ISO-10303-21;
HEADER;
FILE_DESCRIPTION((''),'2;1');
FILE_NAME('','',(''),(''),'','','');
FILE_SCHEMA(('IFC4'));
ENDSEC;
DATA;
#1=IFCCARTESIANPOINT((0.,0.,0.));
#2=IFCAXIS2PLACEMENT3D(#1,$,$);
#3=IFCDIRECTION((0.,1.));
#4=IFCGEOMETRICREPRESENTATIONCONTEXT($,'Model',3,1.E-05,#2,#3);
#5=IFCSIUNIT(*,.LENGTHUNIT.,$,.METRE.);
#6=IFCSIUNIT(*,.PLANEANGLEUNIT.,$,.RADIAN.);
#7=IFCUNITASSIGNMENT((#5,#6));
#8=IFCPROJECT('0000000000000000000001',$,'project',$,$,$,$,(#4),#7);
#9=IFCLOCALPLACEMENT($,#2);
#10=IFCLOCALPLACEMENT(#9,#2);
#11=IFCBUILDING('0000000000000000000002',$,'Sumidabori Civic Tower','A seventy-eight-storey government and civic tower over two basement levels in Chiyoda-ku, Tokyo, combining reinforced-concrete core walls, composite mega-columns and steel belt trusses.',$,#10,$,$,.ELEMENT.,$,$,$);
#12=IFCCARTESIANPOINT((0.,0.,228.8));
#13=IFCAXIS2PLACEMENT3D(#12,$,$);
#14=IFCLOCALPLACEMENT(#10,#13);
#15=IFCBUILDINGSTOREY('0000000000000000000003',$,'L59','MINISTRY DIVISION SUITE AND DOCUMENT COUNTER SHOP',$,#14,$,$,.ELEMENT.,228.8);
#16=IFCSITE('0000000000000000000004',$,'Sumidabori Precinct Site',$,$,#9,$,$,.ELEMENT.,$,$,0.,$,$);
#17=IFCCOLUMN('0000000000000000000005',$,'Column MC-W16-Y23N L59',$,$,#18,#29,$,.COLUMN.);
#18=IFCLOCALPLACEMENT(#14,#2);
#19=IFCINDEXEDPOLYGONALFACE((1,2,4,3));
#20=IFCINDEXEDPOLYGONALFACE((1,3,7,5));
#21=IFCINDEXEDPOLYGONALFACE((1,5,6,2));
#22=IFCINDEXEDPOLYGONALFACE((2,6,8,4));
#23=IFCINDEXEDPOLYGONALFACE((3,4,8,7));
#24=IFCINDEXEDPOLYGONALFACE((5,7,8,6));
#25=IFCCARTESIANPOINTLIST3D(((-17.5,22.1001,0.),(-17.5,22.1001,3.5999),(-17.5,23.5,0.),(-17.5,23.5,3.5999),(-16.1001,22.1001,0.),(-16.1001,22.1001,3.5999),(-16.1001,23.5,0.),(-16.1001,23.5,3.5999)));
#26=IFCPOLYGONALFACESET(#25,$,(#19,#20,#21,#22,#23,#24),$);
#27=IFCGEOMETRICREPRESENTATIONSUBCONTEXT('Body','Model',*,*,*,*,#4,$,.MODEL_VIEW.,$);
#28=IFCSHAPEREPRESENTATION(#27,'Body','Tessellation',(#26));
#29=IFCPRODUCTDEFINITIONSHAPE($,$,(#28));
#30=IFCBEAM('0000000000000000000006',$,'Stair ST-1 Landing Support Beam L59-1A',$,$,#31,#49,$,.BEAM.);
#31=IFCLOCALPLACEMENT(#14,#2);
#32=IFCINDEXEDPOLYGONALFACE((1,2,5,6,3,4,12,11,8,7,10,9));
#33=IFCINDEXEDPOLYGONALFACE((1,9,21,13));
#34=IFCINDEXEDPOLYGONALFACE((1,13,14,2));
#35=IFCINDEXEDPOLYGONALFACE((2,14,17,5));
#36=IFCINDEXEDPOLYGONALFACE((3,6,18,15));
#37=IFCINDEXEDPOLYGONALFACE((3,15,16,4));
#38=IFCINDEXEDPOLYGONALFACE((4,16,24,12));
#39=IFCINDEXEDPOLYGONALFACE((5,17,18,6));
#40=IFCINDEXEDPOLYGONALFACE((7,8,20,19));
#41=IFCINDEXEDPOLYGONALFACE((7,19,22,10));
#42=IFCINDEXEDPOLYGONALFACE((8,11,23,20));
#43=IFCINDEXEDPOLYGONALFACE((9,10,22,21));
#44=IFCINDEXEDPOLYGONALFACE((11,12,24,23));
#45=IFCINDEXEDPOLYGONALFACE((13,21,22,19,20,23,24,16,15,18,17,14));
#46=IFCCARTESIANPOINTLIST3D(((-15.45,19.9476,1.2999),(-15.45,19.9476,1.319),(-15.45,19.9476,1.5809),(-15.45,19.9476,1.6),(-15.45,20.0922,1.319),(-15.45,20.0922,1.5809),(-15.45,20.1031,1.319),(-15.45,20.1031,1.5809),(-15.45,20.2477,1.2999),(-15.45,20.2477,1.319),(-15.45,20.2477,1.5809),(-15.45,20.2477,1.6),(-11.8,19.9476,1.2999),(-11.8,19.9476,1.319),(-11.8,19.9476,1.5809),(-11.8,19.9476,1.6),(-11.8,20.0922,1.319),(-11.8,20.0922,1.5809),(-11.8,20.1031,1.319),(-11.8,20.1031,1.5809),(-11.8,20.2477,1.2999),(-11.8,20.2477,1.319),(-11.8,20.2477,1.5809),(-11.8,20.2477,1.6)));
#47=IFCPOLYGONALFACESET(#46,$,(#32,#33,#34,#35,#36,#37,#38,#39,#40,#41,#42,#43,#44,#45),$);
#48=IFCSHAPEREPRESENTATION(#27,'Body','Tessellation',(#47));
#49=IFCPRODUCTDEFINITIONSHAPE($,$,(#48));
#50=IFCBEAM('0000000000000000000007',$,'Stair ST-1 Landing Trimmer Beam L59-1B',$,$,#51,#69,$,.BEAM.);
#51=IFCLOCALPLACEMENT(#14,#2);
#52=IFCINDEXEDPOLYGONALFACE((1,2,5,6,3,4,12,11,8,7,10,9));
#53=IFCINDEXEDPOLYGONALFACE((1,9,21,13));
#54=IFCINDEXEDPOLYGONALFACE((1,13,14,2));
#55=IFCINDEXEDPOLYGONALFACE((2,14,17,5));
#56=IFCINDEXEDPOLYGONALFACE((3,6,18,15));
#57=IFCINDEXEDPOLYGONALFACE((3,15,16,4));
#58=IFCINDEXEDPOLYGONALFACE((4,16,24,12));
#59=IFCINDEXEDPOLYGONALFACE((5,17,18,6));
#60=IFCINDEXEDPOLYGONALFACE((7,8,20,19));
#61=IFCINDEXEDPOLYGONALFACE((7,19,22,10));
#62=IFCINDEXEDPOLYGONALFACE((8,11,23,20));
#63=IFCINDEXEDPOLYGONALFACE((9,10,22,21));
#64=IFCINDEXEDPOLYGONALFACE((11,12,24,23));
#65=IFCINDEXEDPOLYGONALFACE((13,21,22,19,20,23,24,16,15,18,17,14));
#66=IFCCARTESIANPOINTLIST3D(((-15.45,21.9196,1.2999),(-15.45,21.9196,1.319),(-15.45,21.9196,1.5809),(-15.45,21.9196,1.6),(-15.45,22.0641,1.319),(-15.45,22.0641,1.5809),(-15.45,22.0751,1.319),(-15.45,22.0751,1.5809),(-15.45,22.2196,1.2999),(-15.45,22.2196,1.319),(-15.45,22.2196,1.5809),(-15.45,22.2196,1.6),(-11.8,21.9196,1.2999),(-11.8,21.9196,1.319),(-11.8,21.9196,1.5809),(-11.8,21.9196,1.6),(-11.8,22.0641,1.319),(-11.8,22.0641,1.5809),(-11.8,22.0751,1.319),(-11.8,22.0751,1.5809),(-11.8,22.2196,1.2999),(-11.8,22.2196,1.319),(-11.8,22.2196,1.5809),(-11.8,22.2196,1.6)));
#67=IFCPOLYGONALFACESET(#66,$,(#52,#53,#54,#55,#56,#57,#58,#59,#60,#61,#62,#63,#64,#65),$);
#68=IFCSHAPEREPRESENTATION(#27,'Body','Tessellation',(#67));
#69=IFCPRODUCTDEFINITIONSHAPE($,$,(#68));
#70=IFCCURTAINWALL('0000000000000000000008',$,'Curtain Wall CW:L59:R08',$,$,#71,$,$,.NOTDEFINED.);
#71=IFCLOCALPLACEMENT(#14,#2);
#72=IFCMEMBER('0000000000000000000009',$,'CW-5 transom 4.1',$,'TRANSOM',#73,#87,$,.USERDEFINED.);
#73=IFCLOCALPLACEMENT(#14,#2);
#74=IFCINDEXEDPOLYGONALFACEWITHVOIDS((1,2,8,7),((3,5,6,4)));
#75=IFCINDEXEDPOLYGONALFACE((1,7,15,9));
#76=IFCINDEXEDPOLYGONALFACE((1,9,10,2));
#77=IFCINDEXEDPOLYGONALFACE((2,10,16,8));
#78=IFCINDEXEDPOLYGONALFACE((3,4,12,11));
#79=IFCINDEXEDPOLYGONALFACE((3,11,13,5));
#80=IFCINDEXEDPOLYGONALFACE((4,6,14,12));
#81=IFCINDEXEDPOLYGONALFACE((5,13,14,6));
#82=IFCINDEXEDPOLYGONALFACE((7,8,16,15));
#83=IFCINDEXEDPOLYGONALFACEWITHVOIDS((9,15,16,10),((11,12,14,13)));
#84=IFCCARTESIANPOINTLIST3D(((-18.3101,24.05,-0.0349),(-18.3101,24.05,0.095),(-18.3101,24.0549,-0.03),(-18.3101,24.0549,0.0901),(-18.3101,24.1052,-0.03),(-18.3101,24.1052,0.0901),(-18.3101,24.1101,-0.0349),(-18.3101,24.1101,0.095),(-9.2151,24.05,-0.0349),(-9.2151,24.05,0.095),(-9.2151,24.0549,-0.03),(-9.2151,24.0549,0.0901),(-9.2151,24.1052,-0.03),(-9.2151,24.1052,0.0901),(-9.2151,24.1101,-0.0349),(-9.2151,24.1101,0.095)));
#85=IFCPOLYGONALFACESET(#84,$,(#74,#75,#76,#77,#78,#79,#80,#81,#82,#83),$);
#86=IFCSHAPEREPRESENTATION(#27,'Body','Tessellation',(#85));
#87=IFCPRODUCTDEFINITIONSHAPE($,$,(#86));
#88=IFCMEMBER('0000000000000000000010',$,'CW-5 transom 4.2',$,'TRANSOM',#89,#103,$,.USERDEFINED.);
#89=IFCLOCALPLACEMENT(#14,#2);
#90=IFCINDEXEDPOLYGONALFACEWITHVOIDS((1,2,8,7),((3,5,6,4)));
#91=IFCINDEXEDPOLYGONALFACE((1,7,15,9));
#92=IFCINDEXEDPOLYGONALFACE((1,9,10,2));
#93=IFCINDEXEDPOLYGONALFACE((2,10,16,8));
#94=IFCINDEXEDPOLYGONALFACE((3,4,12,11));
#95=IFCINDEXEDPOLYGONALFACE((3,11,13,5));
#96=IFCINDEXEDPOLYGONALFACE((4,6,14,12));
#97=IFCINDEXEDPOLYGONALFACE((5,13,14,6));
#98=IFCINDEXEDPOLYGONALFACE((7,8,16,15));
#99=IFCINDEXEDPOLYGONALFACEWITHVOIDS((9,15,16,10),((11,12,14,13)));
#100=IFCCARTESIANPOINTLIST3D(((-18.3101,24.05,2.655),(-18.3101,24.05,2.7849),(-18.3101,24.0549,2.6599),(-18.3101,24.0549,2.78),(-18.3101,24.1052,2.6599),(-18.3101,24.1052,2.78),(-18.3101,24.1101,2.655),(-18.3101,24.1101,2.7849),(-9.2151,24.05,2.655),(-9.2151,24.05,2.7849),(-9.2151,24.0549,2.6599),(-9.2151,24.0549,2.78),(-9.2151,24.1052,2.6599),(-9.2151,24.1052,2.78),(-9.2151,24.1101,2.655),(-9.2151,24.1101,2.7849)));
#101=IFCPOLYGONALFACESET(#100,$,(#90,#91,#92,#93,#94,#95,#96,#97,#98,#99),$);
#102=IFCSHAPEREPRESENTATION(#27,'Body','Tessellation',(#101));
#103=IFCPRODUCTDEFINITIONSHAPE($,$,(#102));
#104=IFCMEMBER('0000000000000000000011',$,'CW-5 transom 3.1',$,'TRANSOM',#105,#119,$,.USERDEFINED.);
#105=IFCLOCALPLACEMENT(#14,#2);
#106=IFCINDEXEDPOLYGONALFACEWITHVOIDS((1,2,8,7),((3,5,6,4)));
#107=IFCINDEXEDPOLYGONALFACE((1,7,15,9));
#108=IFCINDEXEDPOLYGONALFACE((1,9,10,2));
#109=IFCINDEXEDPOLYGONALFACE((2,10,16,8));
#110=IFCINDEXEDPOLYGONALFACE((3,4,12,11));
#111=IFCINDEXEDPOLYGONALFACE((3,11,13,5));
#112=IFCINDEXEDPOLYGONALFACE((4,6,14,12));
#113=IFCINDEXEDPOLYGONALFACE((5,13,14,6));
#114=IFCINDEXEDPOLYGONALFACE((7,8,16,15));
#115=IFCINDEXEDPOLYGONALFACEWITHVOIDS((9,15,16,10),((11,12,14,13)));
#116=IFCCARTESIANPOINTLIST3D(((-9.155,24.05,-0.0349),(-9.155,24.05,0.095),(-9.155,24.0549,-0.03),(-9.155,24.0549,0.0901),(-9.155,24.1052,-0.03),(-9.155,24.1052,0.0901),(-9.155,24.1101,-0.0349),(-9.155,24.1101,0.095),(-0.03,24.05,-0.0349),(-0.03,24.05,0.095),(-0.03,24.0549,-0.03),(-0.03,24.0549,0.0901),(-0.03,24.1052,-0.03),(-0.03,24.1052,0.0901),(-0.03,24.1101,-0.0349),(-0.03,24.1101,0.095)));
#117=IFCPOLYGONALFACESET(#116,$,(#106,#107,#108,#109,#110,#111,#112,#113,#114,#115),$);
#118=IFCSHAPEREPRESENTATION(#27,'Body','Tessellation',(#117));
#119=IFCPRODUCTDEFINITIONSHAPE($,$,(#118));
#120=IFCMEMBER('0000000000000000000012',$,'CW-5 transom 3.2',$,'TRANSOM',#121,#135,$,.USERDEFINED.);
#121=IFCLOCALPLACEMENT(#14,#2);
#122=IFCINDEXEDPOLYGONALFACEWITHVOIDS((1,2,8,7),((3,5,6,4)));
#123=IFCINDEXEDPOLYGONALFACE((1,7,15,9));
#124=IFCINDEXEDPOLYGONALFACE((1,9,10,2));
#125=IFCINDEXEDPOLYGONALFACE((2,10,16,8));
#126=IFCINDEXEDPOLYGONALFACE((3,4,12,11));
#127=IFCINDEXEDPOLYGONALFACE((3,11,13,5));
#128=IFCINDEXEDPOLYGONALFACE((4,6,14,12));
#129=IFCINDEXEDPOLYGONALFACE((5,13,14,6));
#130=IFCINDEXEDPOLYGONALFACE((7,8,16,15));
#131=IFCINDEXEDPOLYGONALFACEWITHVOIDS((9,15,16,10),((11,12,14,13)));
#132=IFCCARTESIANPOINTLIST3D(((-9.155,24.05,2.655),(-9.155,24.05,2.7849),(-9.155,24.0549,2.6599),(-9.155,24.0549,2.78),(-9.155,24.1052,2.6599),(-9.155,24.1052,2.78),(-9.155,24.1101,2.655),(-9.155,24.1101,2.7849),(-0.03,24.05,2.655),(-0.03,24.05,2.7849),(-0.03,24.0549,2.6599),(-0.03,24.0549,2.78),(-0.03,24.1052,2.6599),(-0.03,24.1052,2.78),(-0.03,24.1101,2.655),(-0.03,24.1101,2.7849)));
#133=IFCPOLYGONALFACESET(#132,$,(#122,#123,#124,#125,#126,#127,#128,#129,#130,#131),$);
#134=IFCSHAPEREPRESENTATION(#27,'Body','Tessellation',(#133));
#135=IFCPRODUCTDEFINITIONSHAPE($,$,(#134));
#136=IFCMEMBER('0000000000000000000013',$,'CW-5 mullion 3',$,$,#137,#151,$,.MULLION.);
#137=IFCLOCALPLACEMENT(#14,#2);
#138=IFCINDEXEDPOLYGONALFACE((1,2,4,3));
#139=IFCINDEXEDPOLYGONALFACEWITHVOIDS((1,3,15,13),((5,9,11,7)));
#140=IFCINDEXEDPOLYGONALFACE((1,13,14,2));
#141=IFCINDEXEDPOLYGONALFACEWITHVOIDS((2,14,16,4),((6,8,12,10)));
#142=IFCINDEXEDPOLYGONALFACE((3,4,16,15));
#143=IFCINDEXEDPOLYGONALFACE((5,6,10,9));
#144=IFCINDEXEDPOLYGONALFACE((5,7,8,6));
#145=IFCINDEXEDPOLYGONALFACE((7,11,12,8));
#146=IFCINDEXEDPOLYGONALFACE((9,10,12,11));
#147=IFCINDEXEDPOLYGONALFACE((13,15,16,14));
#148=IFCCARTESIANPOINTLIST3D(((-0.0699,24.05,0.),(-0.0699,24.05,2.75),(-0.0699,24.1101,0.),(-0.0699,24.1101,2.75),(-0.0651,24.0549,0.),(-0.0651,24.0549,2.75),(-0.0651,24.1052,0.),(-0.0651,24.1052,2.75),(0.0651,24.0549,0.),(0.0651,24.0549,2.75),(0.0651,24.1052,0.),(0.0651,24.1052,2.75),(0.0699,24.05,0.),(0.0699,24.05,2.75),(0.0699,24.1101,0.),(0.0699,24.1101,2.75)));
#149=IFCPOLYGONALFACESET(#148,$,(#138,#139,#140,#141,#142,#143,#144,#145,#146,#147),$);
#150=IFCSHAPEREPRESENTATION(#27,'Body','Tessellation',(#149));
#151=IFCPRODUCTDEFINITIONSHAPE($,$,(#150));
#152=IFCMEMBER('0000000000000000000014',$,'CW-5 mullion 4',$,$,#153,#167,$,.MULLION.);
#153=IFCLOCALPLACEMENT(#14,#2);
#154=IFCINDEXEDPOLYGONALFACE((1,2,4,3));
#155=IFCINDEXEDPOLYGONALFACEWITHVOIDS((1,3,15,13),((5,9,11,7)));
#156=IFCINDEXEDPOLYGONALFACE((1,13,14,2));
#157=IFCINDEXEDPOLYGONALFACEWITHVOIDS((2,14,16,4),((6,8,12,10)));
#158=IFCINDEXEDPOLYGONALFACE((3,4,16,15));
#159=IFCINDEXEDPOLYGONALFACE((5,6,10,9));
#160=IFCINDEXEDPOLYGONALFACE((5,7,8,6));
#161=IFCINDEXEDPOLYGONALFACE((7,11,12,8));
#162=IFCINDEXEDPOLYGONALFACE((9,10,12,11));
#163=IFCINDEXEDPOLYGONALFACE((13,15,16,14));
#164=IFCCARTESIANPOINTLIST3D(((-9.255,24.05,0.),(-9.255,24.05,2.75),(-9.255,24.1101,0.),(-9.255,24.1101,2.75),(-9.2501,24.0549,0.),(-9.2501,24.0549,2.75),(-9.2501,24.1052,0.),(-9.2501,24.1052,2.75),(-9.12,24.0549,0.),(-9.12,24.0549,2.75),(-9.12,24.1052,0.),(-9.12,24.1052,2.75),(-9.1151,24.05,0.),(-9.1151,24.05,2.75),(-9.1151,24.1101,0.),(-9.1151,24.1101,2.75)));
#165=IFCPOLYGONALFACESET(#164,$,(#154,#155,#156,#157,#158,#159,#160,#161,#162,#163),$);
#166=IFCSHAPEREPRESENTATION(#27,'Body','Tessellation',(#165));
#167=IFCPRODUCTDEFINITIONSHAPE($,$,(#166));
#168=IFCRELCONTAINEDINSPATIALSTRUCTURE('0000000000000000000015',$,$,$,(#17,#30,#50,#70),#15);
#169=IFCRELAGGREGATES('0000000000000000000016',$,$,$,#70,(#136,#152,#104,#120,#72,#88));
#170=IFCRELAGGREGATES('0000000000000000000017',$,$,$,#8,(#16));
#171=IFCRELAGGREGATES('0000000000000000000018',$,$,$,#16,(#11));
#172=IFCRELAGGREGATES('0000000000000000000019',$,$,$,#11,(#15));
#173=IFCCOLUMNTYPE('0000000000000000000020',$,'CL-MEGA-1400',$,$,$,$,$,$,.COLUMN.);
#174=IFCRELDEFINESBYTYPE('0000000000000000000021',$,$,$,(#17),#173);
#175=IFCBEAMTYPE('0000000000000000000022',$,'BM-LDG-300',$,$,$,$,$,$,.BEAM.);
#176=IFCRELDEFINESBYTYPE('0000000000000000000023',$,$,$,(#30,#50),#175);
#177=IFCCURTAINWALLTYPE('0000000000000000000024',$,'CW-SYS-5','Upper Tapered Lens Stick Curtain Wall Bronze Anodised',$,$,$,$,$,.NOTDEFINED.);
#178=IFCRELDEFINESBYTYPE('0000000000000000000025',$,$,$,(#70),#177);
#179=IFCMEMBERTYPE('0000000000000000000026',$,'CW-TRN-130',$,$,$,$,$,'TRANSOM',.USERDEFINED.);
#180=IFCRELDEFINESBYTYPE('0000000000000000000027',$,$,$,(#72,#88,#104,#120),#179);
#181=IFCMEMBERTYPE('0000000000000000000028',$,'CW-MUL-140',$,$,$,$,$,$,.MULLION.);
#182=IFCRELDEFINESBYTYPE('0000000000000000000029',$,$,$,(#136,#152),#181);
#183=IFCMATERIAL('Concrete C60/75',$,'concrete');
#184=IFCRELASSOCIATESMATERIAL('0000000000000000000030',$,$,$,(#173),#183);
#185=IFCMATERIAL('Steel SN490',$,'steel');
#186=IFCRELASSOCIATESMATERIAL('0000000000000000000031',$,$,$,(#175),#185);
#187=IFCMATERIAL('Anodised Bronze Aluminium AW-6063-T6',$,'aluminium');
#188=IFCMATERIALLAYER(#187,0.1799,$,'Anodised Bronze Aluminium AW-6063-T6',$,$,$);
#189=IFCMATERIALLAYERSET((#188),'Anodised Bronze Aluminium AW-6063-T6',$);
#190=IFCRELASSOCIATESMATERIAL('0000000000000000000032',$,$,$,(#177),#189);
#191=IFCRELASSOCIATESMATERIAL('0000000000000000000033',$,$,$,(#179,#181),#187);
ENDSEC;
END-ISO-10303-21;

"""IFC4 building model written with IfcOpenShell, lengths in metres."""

from ifc_helpers import new_model, si_unit, direction, frame, origin, origin_2d, place, context, subcontext, project, spatial, rectangle, hollow_rectangle, i_section, extrude, source, transform, mapped, material, layer, layer_set, material_profile, profile_set, type_object, element, aggregate, save


model = new_model("IFC4")

# Units and contexts
model_context = context("Model", 3, precision=1e-05, world=origin(), true_north=direction((0.0, 1.0)))
body_context = subcontext(model_context, "Body", "Model", "MODEL_VIEW")
ifc_project = project(units=[si_unit("LENGTHUNIT", "METRE"), si_unit("PLANEANGLEUNIT", "RADIAN")], contexts=[model_context])

# Site, building, storey
site_placement = place(None, origin())
site = spatial("IfcSite", under=ifc_project, at=site_placement, Name="Sumidabori Precinct Site", CompositionType="ELEMENT", RefElevation=0.0)
building_placement = place(site_placement, origin())
building = spatial("IfcBuilding", under=site, at=building_placement, Name="Sumidabori Civic Tower", Description="A seventy-eight-storey government and civic tower over two basement levels in Chiyoda-ku, Tokyo, combining reinforced-concrete core walls, composite mega-columns and steel belt trusses.", CompositionType="ELEMENT")
storey_placement = place(building_placement, frame((0.0, 0.0, 228.8)))
storey = spatial("IfcBuildingStorey", under=building, at=storey_placement, Name="L59", Description="MINISTRY DIVISION SUITE AND DOCUMENT COUNTER SHOP", CompositionType="ELEMENT", Elevation=228.8)

# Column
ifc_material_1 = material(Name="Concrete C60/75", Category="concrete")
ifc_material_profile_1 = material_profile(ifc_material_1, rectangle(XDim=1.3999, YDim=1.3999, at=origin_2d()), Name="RC 1400x1400")
ifc_profile_set_1 = profile_set([ifc_material_profile_1], Name="Concrete C60/75")
column_type = type_object("IfcColumnType", Name="CL-MEGA-1400", PredefinedType="COLUMN", material=ifc_profile_set_1)
shared_shape_1 = source(origin(), body_context, "Body", "SweptSolid", [
    extrude(rectangle(XDim=1.3999, YDim=1.3999, at=origin_2d()), origin(), (0.0, 0.0, 1.0), 3.5999),
])
column_placement = place(storey_placement, frame((-16.8, 22.8, 0.0), z_axis=(0.0, 0.0, 1.0), x_axis=(1.0, 0.0, 0.0)))
element("IfcColumn", 1, at=column_placement, inside=storey, type_object=column_type, Name="Column MC-W16-Y23N L59", PredefinedType="COLUMN", context=body_context, shape_type="MappedRepresentation", body=[
    mapped(shared_shape_1, transform((0.0, 0.0, 0.0), x_axis=(1.0, 0.0, 0.0), y_axis=(0.0, 1.0, 0.0), z_axis=(0.0, 0.0, 1.0), scale=1.0)),
])

# Beams
ifc_material_2 = material(Name="Steel SN490", Category="steel")
ifc_material_profile_2 = material_profile(ifc_material_2, i_section(OverallWidth=0.3, OverallDepth=0.3, WebThickness=0.011, FlangeThickness=0.019, at=origin_2d()), Name="HE 300 B")
ifc_profile_set_2 = profile_set([ifc_material_profile_2], Name="Steel SN490")
beam_type = type_object("IfcBeamType", Name="BM-LDG-300", PredefinedType="BEAM", material=ifc_profile_set_2)
shared_shape_2 = source(origin(), body_context, "Body", "SweptSolid", [
    extrude(i_section(OverallWidth=0.3, OverallDepth=0.3, WebThickness=0.011, FlangeThickness=0.019, at=origin_2d()), origin(), (0.0, 0.0, 1.0), 3.6499),
])
for number, where, z_axis, x_axis, name in (
    (2, (-15.45, 20.0977, 1.45), (1.0, 0.0, 0.0), (0.0, 1.0, 0.0), "Stair ST-1 Landing Support Beam L59-1A"),
    (3, (-15.45, 22.0696, 1.45), (1.0, 0.0, 0.0), (0.0, 1.0, 0.0), "Stair ST-1 Landing Trimmer Beam L59-1B"),
):
    element("IfcBeam", number, at=place(storey_placement, frame(where, z_axis=z_axis, x_axis=x_axis)), inside=storey, type_object=beam_type, Name=name, PredefinedType="BEAM", context=body_context, shape_type="MappedRepresentation", body=[
        mapped(shared_shape_2, transform((0.0, 0.0, 0.0), x_axis=(1.0, 0.0, 0.0), y_axis=(0.0, 1.0, 0.0), z_axis=(0.0, 0.0, 1.0), scale=1.0)),
    ])

# Curtain wall, members
ifc_material_3 = material(Name="Anodised Bronze Aluminium AW-6063-T6", Category="aluminium")
ifc_layer_1 = layer(ifc_material_3, 0.1799, Name="Anodised Bronze Aluminium AW-6063-T6")
ifc_layer_set_1 = layer_set([ifc_layer_1], Name="Anodised Bronze Aluminium AW-6063-T6")
curtain_wall_type = type_object("IfcCurtainWallType", Name="CW-SYS-5", Description="Upper Tapered Lens Stick Curtain Wall Bronze Anodised", PredefinedType="NOTDEFINED", material=ifc_layer_set_1)
curtain_wall_1_placement = place(storey_placement, origin())
curtain_wall_1 = element("IfcCurtainWall", 4, at=curtain_wall_1_placement, inside=storey, type_object=curtain_wall_type, Name="Curtain Wall CW:L59:R08", PredefinedType="NOTDEFINED")
ifc_material_profile_3 = material_profile(ifc_material_3, hollow_rectangle(XDim=0.0601, YDim=0.1299, WallThickness=0.0049, at=origin_2d()), Name="ALU TRANSOM 130x60")
ifc_profile_set_3 = profile_set([ifc_material_profile_3], Name="Anodised Bronze Aluminium AW-6063-T6")
member_type_1 = type_object("IfcMemberType", Name="CW-TRN-130", ElementType="TRANSOM", PredefinedType="USERDEFINED", material=ifc_profile_set_3)
shared_shape_3 = source(origin(), body_context, "Body", "SweptSolid", [
    extrude(hollow_rectangle(XDim=0.0601, YDim=0.1299, WallThickness=0.0049, at=origin_2d()), origin(), (0.0, 0.0, 1.0), 9.095),
])
member_1_placement = place(storey_placement, frame((-9.2151, 24.0801, 0.03), z_axis=(-1.0, 0.0, 0.0), x_axis=(0.0, -1.0, 0.0)))
member_1 = element("IfcMember", 5, at=member_1_placement, type_object=member_type_1, Name="CW-5 transom 4.1", ObjectType="TRANSOM", PredefinedType="USERDEFINED", context=body_context, shape_type="MappedRepresentation", body=[
    mapped(shared_shape_3, transform((0.0, 0.0, 0.0), x_axis=(1.0, 0.0, 0.0), y_axis=(0.0, 1.0, 0.0), z_axis=(0.0, 0.0, 1.0), scale=1.0)),
])
member_2_placement = place(storey_placement, frame((-9.2151, 24.0801, 2.72), z_axis=(-1.0, 0.0, 0.0), x_axis=(0.0, -1.0, 0.0)))
member_2 = element("IfcMember", 6, at=member_2_placement, type_object=member_type_1, Name="CW-5 transom 4.2", ObjectType="TRANSOM", PredefinedType="USERDEFINED", context=body_context, shape_type="MappedRepresentation", body=[
    mapped(shared_shape_3, transform((0.0, 0.0, 0.0), x_axis=(1.0, 0.0, 0.0), y_axis=(0.0, 1.0, 0.0), z_axis=(0.0, 0.0, 1.0), scale=1.0)),
])
shared_shape_4 = source(origin(), body_context, "Body", "SweptSolid", [
    extrude(hollow_rectangle(XDim=0.0601, YDim=0.1299, WallThickness=0.0049, at=origin_2d()), origin(), (0.0, 0.0, 1.0), 9.125),
])
member_3_placement = place(storey_placement, frame((-0.03, 24.0801, 0.03), z_axis=(-1.0, 0.0, 0.0), x_axis=(0.0, -1.0, 0.0)))
member_3 = element("IfcMember", 7, at=member_3_placement, type_object=member_type_1, Name="CW-5 transom 3.1", ObjectType="TRANSOM", PredefinedType="USERDEFINED", context=body_context, shape_type="MappedRepresentation", body=[
    mapped(shared_shape_4, transform((0.0, 0.0, 0.0), x_axis=(1.0, 0.0, 0.0), y_axis=(0.0, 1.0, 0.0), z_axis=(0.0, 0.0, 1.0), scale=1.0)),
])
member_4_placement = place(storey_placement, frame((-0.03, 24.0801, 2.72), z_axis=(-1.0, 0.0, 0.0), x_axis=(0.0, -1.0, 0.0)))
member_4 = element("IfcMember", 8, at=member_4_placement, type_object=member_type_1, Name="CW-5 transom 3.2", ObjectType="TRANSOM", PredefinedType="USERDEFINED", context=body_context, shape_type="MappedRepresentation", body=[
    mapped(shared_shape_4, transform((0.0, 0.0, 0.0), x_axis=(1.0, 0.0, 0.0), y_axis=(0.0, 1.0, 0.0), z_axis=(0.0, 0.0, 1.0), scale=1.0)),
])
ifc_material_profile_4 = material_profile(ifc_material_3, hollow_rectangle(XDim=0.0601, YDim=0.1399, WallThickness=0.0049, at=origin_2d()), Name="ALU MULLION 140x60")
ifc_profile_set_4 = profile_set([ifc_material_profile_4], Name="Anodised Bronze Aluminium AW-6063-T6")
member_type_2 = type_object("IfcMemberType", Name="CW-MUL-140", PredefinedType="MULLION", material=ifc_profile_set_4)
shared_shape_5 = source(origin(), body_context, "Body", "SweptSolid", [
    extrude(hollow_rectangle(XDim=0.0601, YDim=0.1399, WallThickness=0.0049, at=origin_2d()), origin(), (0.0, 0.0, 1.0), 2.75),
])
member_5_placement = place(storey_placement, frame((0.0, 24.0801, 0.0), z_axis=(0.0, 0.0, 1.0), x_axis=(0.0, -1.0, 0.0)))
member_5 = element("IfcMember", 9, at=member_5_placement, type_object=member_type_2, Name="CW-5 mullion 3", PredefinedType="MULLION", context=body_context, shape_type="MappedRepresentation", body=[
    mapped(shared_shape_5, transform((0.0, 0.0, 0.0), x_axis=(1.0, 0.0, 0.0), y_axis=(0.0, 1.0, 0.0), z_axis=(0.0, 0.0, 1.0), scale=1.0)),
])
member_6_placement = place(storey_placement, frame((-9.1851, 24.0801, 0.0), z_axis=(0.0, 0.0, 1.0), x_axis=(0.0, -1.0, 0.0)))
member_6 = element("IfcMember", 10, at=member_6_placement, type_object=member_type_2, Name="CW-5 mullion 4", PredefinedType="MULLION", context=body_context, shape_type="MappedRepresentation", body=[
    mapped(shared_shape_5, transform((0.0, 0.0, 0.0), x_axis=(1.0, 0.0, 0.0), y_axis=(0.0, 1.0, 0.0), z_axis=(0.0, 0.0, 1.0), scale=1.0)),
])

aggregate(curtain_wall_1, [member_5, member_6, member_3, member_4, member_1, member_2])

save(model, "model.ifc")
